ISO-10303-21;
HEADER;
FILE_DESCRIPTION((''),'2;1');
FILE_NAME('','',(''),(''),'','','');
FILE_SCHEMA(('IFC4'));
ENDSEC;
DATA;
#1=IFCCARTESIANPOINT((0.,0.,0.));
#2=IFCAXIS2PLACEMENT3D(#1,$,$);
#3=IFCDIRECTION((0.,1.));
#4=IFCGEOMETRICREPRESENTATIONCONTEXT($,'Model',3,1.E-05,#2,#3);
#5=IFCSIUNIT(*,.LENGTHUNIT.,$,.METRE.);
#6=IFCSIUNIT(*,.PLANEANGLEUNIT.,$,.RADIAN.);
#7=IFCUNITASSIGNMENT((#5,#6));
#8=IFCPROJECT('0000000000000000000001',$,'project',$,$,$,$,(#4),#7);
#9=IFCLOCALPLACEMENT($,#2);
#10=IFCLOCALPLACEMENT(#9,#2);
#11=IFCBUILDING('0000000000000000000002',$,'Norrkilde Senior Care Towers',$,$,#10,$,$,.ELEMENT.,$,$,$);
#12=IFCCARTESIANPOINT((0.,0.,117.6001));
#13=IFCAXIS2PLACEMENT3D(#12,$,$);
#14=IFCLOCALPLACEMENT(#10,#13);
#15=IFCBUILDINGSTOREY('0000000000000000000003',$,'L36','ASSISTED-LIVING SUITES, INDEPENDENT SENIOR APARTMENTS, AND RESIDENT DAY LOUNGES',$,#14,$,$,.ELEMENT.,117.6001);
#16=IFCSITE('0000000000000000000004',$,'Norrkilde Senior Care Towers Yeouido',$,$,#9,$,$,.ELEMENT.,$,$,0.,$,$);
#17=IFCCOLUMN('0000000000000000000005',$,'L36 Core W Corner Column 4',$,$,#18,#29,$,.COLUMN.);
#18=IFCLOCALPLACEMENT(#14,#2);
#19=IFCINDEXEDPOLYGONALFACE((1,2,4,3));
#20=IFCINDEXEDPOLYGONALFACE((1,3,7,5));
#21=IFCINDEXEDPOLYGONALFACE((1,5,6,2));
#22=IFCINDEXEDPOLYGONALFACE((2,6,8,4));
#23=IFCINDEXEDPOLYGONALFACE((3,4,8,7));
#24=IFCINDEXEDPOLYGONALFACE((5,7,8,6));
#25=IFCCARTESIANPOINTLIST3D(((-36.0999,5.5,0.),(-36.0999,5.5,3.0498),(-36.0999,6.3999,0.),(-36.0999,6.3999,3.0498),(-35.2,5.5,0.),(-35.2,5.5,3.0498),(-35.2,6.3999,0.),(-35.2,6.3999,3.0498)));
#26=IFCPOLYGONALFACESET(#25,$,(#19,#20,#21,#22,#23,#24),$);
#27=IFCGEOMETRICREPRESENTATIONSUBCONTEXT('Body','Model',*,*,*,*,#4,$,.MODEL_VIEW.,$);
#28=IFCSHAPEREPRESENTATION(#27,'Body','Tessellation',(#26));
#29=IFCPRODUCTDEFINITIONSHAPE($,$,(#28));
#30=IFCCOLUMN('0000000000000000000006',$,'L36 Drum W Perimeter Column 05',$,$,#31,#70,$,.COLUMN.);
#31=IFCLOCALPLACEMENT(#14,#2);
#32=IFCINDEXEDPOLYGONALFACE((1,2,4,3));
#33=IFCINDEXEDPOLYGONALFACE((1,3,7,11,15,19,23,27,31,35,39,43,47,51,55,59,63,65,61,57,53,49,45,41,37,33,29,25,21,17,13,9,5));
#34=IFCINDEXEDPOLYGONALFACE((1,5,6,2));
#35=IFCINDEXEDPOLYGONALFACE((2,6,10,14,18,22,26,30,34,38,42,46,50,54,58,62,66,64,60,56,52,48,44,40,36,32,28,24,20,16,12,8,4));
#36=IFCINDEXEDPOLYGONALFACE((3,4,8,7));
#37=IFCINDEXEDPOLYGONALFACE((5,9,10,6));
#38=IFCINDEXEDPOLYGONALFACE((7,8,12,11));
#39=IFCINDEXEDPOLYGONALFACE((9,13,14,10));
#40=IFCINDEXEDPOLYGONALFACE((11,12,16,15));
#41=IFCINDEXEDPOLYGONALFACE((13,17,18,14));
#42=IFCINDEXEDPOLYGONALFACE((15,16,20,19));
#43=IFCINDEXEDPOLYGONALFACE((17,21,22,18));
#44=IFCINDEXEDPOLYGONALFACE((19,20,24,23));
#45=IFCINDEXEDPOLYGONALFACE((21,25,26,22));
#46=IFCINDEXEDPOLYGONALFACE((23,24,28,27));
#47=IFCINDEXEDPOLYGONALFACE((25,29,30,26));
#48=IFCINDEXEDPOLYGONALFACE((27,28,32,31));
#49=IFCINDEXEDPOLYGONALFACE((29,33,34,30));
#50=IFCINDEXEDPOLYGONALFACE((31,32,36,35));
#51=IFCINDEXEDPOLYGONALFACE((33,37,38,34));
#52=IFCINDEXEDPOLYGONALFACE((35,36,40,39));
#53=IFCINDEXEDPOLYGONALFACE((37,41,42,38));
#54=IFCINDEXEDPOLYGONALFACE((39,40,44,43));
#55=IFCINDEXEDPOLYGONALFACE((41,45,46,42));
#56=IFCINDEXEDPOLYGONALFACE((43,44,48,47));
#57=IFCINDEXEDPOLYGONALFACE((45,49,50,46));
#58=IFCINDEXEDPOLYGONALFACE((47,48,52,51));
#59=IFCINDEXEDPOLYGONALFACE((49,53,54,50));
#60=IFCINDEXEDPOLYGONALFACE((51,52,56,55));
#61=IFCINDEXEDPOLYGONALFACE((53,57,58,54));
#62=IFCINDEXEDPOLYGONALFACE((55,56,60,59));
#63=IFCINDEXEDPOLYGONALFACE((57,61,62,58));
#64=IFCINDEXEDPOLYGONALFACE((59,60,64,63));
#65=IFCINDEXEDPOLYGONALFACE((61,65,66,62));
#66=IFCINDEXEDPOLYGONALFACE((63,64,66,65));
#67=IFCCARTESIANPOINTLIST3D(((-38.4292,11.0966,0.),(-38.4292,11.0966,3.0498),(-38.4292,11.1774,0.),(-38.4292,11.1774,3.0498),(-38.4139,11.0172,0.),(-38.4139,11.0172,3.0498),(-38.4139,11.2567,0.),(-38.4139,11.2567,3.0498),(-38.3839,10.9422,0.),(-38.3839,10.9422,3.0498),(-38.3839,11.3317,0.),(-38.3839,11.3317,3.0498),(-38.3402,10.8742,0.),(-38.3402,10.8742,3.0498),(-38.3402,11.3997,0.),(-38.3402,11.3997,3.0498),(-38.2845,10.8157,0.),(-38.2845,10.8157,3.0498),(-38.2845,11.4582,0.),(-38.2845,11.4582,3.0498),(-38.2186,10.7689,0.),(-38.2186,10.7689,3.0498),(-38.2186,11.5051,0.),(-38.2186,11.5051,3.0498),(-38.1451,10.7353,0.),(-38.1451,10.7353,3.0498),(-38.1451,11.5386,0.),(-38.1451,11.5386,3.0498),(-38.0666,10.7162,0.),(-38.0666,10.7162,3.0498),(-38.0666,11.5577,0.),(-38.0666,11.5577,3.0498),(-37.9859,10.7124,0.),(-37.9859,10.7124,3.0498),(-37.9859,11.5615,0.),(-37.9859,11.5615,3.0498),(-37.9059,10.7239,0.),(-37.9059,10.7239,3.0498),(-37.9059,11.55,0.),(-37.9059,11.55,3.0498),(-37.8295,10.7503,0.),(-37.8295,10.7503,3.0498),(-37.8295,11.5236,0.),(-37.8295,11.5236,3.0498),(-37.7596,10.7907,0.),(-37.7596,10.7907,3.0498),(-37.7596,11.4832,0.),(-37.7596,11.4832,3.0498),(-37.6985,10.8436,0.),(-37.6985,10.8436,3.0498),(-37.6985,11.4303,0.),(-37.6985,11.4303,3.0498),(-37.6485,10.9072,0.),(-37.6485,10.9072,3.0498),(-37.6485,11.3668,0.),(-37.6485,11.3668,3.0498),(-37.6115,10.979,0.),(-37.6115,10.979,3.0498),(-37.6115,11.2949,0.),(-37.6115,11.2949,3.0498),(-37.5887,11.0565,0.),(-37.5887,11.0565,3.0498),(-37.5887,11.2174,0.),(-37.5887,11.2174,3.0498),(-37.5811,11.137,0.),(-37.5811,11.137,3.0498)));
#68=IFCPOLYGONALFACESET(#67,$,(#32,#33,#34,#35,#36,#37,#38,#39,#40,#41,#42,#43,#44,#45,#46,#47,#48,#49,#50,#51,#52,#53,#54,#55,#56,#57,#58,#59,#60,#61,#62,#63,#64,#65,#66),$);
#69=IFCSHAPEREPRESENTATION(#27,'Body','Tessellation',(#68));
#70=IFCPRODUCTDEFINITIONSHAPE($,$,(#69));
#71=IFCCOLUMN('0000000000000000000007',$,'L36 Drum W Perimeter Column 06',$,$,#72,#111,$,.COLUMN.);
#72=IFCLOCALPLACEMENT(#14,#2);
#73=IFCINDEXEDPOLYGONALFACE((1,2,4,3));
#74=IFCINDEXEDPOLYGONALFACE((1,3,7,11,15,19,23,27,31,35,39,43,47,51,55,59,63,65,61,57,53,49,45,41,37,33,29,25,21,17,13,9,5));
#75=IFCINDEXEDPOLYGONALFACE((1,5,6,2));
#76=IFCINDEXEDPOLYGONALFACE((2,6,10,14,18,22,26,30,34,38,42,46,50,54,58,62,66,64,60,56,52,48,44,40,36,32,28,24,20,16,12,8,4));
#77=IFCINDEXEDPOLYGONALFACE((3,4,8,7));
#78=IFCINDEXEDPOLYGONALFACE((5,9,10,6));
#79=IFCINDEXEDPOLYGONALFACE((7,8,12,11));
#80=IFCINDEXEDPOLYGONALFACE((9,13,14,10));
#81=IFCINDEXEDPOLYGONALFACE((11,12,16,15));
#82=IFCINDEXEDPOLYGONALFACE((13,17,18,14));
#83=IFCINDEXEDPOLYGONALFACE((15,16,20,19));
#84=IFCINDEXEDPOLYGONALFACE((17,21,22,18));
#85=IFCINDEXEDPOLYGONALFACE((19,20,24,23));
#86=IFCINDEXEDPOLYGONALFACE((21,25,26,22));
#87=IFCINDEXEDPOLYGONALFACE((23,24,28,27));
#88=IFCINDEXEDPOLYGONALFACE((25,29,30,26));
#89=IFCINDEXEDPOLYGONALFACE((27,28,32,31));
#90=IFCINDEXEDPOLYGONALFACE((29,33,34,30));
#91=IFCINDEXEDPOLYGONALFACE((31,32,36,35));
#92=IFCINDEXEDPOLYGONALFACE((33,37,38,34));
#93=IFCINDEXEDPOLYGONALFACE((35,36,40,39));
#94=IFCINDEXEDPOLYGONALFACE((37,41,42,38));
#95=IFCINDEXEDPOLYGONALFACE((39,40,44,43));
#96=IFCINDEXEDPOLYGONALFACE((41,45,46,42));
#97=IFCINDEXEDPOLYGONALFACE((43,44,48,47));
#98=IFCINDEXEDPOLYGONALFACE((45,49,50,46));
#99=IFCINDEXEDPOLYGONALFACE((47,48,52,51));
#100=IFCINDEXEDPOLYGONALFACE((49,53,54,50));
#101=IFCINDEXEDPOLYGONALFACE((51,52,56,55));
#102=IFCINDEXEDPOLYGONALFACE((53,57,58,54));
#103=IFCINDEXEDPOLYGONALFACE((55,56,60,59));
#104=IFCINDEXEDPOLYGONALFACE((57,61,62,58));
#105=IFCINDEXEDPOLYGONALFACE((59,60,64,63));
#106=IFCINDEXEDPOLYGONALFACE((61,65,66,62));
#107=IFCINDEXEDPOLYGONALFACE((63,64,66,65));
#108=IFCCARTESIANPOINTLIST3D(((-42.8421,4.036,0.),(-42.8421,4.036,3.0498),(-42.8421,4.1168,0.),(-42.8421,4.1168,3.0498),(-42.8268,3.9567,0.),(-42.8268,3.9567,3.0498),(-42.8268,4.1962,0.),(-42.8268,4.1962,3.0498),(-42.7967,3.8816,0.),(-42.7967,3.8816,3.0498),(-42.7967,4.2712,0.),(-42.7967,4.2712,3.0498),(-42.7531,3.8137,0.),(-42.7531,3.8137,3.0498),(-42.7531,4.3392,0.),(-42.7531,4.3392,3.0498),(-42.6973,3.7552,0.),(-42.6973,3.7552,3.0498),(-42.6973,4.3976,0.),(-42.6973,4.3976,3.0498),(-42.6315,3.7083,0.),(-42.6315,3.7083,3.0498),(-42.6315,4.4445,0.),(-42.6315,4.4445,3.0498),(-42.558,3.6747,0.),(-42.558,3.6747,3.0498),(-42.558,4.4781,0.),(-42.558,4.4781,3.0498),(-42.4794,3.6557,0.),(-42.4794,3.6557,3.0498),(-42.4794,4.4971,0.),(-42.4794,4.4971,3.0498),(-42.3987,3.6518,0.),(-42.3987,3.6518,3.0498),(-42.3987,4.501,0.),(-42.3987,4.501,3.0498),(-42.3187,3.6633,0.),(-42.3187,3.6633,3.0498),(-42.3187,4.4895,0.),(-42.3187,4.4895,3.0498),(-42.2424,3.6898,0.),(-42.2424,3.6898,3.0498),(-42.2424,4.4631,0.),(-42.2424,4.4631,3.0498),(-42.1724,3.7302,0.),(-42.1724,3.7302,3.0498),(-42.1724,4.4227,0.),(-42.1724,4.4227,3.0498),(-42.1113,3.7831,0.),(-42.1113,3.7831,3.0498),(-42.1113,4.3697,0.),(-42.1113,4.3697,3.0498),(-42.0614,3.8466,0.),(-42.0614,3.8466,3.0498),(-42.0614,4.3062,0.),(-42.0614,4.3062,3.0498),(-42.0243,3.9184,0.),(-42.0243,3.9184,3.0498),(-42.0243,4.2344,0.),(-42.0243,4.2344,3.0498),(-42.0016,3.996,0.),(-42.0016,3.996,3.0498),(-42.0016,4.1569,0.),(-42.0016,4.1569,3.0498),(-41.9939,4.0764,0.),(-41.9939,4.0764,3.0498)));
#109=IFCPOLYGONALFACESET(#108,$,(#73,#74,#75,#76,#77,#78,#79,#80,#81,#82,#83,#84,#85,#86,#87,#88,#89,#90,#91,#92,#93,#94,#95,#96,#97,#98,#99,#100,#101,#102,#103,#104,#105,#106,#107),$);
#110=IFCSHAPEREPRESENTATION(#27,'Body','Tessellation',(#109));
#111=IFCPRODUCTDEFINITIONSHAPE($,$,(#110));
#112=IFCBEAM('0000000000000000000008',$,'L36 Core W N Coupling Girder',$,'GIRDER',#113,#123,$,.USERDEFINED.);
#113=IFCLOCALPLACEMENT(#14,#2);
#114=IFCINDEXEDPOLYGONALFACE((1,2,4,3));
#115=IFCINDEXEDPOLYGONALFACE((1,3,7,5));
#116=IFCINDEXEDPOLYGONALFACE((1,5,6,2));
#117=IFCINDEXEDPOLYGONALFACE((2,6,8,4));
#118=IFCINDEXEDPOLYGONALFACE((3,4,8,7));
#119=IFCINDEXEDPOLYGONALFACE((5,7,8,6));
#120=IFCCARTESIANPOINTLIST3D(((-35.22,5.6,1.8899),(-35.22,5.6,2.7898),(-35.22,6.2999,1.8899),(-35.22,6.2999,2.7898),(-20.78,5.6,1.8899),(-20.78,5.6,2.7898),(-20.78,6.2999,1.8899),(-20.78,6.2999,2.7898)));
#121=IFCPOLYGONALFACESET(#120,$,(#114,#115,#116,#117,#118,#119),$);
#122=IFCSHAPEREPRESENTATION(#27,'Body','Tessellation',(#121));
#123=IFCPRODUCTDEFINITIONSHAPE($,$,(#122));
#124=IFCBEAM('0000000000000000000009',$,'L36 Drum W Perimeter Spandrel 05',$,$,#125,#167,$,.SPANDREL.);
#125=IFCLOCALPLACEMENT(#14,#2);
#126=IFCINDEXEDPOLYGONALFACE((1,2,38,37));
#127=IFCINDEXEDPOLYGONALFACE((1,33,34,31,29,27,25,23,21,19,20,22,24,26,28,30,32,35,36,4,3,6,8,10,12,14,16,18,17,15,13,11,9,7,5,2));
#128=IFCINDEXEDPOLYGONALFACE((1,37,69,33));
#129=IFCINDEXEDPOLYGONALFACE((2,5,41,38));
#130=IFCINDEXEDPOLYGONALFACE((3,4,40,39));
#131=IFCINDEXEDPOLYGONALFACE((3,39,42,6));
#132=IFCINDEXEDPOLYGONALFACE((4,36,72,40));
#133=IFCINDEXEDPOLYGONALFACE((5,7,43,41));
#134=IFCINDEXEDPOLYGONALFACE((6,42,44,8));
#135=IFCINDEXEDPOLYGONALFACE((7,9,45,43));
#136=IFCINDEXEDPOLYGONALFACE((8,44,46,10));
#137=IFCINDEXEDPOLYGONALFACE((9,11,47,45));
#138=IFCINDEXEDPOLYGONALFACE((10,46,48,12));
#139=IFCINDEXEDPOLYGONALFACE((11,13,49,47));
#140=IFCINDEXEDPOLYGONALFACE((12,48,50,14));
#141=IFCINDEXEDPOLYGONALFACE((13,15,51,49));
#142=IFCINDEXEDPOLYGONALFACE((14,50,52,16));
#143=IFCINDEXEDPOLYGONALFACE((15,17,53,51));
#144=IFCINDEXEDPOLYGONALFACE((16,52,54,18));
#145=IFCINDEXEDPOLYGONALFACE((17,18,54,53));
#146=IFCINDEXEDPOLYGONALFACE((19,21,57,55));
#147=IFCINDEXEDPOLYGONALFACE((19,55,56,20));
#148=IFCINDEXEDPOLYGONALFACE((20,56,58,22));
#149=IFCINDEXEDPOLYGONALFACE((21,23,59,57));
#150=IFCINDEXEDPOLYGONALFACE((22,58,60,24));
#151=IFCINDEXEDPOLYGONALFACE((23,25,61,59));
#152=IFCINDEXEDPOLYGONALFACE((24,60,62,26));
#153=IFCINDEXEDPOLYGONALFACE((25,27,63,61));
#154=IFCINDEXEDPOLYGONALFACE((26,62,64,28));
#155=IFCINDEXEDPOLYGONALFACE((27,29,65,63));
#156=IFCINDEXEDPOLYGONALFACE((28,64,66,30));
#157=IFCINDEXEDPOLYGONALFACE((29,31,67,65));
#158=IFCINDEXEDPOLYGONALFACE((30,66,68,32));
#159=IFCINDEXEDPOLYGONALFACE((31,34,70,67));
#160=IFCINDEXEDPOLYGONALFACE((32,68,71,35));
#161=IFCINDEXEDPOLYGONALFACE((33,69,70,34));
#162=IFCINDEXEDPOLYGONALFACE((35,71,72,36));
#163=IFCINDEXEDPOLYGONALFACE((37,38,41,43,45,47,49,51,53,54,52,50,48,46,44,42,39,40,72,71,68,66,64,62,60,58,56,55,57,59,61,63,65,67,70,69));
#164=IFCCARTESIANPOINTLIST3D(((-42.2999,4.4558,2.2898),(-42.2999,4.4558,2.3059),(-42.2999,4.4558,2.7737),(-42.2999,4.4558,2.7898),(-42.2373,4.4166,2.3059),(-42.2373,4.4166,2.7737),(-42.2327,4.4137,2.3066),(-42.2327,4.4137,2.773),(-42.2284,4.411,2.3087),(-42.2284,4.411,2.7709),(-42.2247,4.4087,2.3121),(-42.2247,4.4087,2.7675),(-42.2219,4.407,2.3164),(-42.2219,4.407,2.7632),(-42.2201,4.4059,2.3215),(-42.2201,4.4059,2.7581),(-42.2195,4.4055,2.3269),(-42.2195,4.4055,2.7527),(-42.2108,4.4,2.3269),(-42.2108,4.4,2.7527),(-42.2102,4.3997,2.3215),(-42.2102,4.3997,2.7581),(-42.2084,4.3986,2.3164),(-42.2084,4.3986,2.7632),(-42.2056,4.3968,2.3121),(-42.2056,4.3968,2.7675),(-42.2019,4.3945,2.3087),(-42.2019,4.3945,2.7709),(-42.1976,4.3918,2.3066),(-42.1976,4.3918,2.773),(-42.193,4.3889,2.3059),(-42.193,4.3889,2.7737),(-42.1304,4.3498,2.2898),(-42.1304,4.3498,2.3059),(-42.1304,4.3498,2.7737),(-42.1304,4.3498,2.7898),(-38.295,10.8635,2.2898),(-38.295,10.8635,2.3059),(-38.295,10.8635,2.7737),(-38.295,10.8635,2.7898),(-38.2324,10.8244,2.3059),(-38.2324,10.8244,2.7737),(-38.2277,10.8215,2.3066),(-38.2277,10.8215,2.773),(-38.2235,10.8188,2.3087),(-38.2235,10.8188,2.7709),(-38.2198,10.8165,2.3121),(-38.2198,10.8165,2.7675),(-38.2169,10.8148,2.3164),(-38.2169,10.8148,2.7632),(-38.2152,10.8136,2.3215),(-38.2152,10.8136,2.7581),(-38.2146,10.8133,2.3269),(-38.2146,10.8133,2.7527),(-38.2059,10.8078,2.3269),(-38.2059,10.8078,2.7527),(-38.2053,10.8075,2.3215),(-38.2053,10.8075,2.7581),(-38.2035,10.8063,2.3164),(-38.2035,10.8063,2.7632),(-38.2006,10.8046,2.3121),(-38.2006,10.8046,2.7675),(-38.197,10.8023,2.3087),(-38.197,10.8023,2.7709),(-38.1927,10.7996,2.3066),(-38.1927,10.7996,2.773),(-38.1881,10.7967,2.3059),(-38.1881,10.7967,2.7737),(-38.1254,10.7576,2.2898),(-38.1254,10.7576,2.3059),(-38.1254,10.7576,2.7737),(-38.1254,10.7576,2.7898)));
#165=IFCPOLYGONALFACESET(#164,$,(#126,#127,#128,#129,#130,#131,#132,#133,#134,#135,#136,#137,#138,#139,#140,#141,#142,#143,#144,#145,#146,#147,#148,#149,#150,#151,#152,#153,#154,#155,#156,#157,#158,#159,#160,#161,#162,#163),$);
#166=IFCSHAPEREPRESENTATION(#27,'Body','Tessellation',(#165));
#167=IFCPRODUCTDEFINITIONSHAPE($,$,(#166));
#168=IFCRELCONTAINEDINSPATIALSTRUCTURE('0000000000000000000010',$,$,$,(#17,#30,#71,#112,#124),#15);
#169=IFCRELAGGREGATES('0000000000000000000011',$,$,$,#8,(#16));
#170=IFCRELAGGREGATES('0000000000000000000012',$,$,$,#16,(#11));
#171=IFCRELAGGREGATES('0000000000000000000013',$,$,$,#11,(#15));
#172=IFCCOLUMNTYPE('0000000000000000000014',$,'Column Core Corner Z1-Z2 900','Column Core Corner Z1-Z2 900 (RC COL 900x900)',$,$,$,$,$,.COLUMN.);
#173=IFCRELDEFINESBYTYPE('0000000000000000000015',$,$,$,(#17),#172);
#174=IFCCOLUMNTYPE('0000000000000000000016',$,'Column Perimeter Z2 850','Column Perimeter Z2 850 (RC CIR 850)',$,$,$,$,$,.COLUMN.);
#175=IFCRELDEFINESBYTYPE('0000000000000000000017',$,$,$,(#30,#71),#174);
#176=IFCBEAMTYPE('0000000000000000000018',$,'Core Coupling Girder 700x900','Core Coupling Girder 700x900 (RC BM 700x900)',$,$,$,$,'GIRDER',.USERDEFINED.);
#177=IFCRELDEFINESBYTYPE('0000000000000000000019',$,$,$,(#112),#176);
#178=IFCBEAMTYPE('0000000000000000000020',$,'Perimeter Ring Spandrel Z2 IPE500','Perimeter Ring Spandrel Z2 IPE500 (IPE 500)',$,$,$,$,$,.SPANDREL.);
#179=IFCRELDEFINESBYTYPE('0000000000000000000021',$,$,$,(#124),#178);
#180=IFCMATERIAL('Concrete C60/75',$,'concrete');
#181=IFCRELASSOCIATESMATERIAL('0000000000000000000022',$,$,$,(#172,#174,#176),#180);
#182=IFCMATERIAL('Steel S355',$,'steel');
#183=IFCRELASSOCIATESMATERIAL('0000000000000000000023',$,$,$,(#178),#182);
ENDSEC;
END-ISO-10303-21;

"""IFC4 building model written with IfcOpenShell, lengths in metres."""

from ifc_helpers import new_model, si_unit, direction, frame, origin, origin_2d, place, context, subcontext, project, spatial, rectangle, circle, i_section, extrude, source, transform, mapped, material, material_profile, profile_set, type_object, type_shapes, element, save


model = new_model("IFC4")

# Units and contexts
model_context = context("Model", 3, precision=1e-05, world=origin(), true_north=direction((0.0, 1.0)))
body_context = subcontext(model_context, "Body", "Model", "MODEL_VIEW")
ifc_project = project(units=[si_unit("LENGTHUNIT", "METRE"), si_unit("PLANEANGLEUNIT", "RADIAN")], contexts=[model_context])

# Site, building, storey
site_placement = place(None, origin())
site = spatial("IfcSite", under=ifc_project, at=site_placement, Name="Norrkilde Senior Care Towers Yeouido", CompositionType="ELEMENT", RefElevation=0.0)
building_placement = place(site_placement, origin())
building = spatial("IfcBuilding", under=site, at=building_placement, Name="Norrkilde Senior Care Towers", CompositionType="ELEMENT")
storey_placement = place(building_placement, frame((0.0, 0.0, 117.6001)))
storey = spatial("IfcBuildingStorey", under=building, at=storey_placement, Name="L36", Description="ASSISTED-LIVING SUITES, INDEPENDENT SENIOR APARTMENTS, AND RESIDENT DAY LOUNGES", CompositionType="ELEMENT", Elevation=117.6001)

# Columns
ifc_material_1 = material(Name="Concrete C60/75", Category="concrete")
ifc_material_profile_1 = material_profile(ifc_material_1, rectangle(XDim=0.8999, YDim=0.8999, at=origin_2d()), Name="RC COL 900x900")
ifc_profile_set_1 = profile_set([ifc_material_profile_1], Name="Concrete C60/75")
column_type_1 = type_object("IfcColumnType", Name="Column Core Corner Z1-Z2 900", Description="Column Core Corner Z1-Z2 900 (RC COL 900x900)", PredefinedType="COLUMN", material=ifc_profile_set_1)
shared_shape_1 = source(origin(), body_context, "Body", "SweptSolid", [
    extrude(rectangle(XDim=0.8999, YDim=0.8999, at=origin_2d()), origin(), (0.0, 0.0, 1.0), 3.0498),
])
type_shapes(column_type_1, [shared_shape_1])
column_placement = place(storey_placement, frame((-35.6499, 5.95, 0.0), z_axis=(0.0, 0.0, 1.0), x_axis=(1.0, 0.0, 0.0)))
element("IfcColumn", 1, at=column_placement, inside=storey, type_object=column_type_1, Name="L36 Core W Corner Column 4", PredefinedType="COLUMN", context=body_context, shape_type="MappedRepresentation", body=[
    mapped(shared_shape_1, transform((0.0, 0.0, 0.0), x_axis=(1.0, 0.0, 0.0), y_axis=(0.0, 1.0, 0.0), z_axis=(0.0, 0.0, 1.0), scale=1.0)),
])
ifc_material_profile_2 = material_profile(ifc_material_1, circle(Radius=0.425, at=origin_2d()), Name="RC CIR 850")
ifc_profile_set_2 = profile_set([ifc_material_profile_2], Name="Concrete C60/75")
column_type_2 = type_object("IfcColumnType", Name="Column Perimeter Z2 850", Description="Column Perimeter Z2 850 (RC CIR 850)", PredefinedType="COLUMN", material=ifc_profile_set_2)
shared_shape_2 = source(origin(), body_context, "Body", "SweptSolid", [
    extrude(circle(Radius=0.425, at=origin_2d()), origin(), (0.0, 0.0, 1.0), 3.0498),
])
type_shapes(column_type_2, [shared_shape_2])
for number, where, z_axis, x_axis, name in (
    (2, (-38.0061, 11.137, 0.0), (0.0, 0.0, 1.0), (1.0, 0.0, 0.0), "L36 Drum W Perimeter Column 05"),
    (3, (-42.4189, 4.0764, 0.0), (0.0, 0.0, 1.0), (1.0, 0.0, 0.0), "L36 Drum W Perimeter Column 06"),
):
    element("IfcColumn", number, at=place(storey_placement, frame(where, z_axis=z_axis, x_axis=x_axis)), inside=storey, type_object=column_type_2, Name=name, PredefinedType="COLUMN", context=body_context, shape_type="MappedRepresentation", body=[
        mapped(shared_shape_2, transform((0.0, 0.0, 0.0), x_axis=(1.0, 0.0, 0.0), y_axis=(0.0, 1.0, 0.0), z_axis=(0.0, 0.0, 1.0), scale=1.0)),
    ])

# Beams
ifc_material_profile_3 = material_profile(ifc_material_1, rectangle(XDim=0.7, YDim=0.8999, at=origin_2d()), Name="RC BM 700x900")
ifc_profile_set_3 = profile_set([ifc_material_profile_3], Name="Concrete C60/75")
beam_type_1 = type_object("IfcBeamType", Name="Core Coupling Girder 700x900", Description="Core Coupling Girder 700x900 (RC BM 700x900)", ElementType="GIRDER", PredefinedType="USERDEFINED", material=ifc_profile_set_3)
shared_shape_3 = source(origin(), body_context, "Body", "SweptSolid", [
    extrude(rectangle(XDim=0.7, YDim=0.8999, at=origin_2d()), origin(), (0.0, 0.0, 1.0), 14.4399),
])
type_shapes(beam_type_1, [shared_shape_3])
beam_1_placement = place(storey_placement, frame((-35.22, 5.95, 2.3398), z_axis=(1.0, 0.0, 0.0), x_axis=(0.0, 1.0, 0.0)))
element("IfcBeam", 4, at=beam_1_placement, inside=storey, type_object=beam_type_1, Name="L36 Core W N Coupling Girder", ObjectType="GIRDER", PredefinedType="USERDEFINED", context=body_context, shape_type="MappedRepresentation", body=[
    mapped(shared_shape_3, transform((0.0, 0.0, 0.0), x_axis=(1.0, 0.0, 0.0), y_axis=(0.0, 1.0, 0.0), z_axis=(0.0, 0.0, 1.0), scale=1.0)),
])
ifc_material_2 = material(Name="Steel S355", Category="steel")
ifc_material_profile_4 = material_profile(ifc_material_2, i_section(OverallWidth=0.2, OverallDepth=0.5, WebThickness=0.0103, FlangeThickness=0.0161, FilletRadius=0.021, at=origin_2d()), Name="IPE 500")
ifc_profile_set_4 = profile_set([ifc_material_profile_4], Name="Steel S355")
beam_type_2 = type_object("IfcBeamType", Name="Perimeter Ring Spandrel Z2 IPE500", Description="Perimeter Ring Spandrel Z2 IPE500 (IPE 500)", PredefinedType="SPANDREL", material=ifc_profile_set_4)
shared_shape_4 = source(origin(), body_context, "Body", "SweptSolid", [
    extrude(i_section(OverallWidth=0.2, OverallDepth=0.5, WebThickness=0.0103, FlangeThickness=0.0161, FilletRadius=0.021, at=origin_2d()), origin(), (0.0, 0.0, 1.0), 7.5564),
])
beam_2_placement = place(storey_placement, frame((-38.2102, 10.8105, 2.5398), z_axis=(-0.530005, -0.847995, 0.0), x_axis=(0.847995, -0.530005, 0.0)))
element("IfcBeam", 5, at=beam_2_placement, inside=storey, type_object=beam_type_2, Name="L36 Drum W Perimeter Spandrel 05", PredefinedType="SPANDREL", context=body_context, shape_type="MappedRepresentation", body=[
    mapped(shared_shape_4, transform((0.0, 0.0, 0.0), x_axis=(1.0, 0.0, 0.0), y_axis=(0.0, 1.0, 0.0), z_axis=(0.0, 0.0, 1.0), scale=1.0)),
])

save(model, "model.ifc")
